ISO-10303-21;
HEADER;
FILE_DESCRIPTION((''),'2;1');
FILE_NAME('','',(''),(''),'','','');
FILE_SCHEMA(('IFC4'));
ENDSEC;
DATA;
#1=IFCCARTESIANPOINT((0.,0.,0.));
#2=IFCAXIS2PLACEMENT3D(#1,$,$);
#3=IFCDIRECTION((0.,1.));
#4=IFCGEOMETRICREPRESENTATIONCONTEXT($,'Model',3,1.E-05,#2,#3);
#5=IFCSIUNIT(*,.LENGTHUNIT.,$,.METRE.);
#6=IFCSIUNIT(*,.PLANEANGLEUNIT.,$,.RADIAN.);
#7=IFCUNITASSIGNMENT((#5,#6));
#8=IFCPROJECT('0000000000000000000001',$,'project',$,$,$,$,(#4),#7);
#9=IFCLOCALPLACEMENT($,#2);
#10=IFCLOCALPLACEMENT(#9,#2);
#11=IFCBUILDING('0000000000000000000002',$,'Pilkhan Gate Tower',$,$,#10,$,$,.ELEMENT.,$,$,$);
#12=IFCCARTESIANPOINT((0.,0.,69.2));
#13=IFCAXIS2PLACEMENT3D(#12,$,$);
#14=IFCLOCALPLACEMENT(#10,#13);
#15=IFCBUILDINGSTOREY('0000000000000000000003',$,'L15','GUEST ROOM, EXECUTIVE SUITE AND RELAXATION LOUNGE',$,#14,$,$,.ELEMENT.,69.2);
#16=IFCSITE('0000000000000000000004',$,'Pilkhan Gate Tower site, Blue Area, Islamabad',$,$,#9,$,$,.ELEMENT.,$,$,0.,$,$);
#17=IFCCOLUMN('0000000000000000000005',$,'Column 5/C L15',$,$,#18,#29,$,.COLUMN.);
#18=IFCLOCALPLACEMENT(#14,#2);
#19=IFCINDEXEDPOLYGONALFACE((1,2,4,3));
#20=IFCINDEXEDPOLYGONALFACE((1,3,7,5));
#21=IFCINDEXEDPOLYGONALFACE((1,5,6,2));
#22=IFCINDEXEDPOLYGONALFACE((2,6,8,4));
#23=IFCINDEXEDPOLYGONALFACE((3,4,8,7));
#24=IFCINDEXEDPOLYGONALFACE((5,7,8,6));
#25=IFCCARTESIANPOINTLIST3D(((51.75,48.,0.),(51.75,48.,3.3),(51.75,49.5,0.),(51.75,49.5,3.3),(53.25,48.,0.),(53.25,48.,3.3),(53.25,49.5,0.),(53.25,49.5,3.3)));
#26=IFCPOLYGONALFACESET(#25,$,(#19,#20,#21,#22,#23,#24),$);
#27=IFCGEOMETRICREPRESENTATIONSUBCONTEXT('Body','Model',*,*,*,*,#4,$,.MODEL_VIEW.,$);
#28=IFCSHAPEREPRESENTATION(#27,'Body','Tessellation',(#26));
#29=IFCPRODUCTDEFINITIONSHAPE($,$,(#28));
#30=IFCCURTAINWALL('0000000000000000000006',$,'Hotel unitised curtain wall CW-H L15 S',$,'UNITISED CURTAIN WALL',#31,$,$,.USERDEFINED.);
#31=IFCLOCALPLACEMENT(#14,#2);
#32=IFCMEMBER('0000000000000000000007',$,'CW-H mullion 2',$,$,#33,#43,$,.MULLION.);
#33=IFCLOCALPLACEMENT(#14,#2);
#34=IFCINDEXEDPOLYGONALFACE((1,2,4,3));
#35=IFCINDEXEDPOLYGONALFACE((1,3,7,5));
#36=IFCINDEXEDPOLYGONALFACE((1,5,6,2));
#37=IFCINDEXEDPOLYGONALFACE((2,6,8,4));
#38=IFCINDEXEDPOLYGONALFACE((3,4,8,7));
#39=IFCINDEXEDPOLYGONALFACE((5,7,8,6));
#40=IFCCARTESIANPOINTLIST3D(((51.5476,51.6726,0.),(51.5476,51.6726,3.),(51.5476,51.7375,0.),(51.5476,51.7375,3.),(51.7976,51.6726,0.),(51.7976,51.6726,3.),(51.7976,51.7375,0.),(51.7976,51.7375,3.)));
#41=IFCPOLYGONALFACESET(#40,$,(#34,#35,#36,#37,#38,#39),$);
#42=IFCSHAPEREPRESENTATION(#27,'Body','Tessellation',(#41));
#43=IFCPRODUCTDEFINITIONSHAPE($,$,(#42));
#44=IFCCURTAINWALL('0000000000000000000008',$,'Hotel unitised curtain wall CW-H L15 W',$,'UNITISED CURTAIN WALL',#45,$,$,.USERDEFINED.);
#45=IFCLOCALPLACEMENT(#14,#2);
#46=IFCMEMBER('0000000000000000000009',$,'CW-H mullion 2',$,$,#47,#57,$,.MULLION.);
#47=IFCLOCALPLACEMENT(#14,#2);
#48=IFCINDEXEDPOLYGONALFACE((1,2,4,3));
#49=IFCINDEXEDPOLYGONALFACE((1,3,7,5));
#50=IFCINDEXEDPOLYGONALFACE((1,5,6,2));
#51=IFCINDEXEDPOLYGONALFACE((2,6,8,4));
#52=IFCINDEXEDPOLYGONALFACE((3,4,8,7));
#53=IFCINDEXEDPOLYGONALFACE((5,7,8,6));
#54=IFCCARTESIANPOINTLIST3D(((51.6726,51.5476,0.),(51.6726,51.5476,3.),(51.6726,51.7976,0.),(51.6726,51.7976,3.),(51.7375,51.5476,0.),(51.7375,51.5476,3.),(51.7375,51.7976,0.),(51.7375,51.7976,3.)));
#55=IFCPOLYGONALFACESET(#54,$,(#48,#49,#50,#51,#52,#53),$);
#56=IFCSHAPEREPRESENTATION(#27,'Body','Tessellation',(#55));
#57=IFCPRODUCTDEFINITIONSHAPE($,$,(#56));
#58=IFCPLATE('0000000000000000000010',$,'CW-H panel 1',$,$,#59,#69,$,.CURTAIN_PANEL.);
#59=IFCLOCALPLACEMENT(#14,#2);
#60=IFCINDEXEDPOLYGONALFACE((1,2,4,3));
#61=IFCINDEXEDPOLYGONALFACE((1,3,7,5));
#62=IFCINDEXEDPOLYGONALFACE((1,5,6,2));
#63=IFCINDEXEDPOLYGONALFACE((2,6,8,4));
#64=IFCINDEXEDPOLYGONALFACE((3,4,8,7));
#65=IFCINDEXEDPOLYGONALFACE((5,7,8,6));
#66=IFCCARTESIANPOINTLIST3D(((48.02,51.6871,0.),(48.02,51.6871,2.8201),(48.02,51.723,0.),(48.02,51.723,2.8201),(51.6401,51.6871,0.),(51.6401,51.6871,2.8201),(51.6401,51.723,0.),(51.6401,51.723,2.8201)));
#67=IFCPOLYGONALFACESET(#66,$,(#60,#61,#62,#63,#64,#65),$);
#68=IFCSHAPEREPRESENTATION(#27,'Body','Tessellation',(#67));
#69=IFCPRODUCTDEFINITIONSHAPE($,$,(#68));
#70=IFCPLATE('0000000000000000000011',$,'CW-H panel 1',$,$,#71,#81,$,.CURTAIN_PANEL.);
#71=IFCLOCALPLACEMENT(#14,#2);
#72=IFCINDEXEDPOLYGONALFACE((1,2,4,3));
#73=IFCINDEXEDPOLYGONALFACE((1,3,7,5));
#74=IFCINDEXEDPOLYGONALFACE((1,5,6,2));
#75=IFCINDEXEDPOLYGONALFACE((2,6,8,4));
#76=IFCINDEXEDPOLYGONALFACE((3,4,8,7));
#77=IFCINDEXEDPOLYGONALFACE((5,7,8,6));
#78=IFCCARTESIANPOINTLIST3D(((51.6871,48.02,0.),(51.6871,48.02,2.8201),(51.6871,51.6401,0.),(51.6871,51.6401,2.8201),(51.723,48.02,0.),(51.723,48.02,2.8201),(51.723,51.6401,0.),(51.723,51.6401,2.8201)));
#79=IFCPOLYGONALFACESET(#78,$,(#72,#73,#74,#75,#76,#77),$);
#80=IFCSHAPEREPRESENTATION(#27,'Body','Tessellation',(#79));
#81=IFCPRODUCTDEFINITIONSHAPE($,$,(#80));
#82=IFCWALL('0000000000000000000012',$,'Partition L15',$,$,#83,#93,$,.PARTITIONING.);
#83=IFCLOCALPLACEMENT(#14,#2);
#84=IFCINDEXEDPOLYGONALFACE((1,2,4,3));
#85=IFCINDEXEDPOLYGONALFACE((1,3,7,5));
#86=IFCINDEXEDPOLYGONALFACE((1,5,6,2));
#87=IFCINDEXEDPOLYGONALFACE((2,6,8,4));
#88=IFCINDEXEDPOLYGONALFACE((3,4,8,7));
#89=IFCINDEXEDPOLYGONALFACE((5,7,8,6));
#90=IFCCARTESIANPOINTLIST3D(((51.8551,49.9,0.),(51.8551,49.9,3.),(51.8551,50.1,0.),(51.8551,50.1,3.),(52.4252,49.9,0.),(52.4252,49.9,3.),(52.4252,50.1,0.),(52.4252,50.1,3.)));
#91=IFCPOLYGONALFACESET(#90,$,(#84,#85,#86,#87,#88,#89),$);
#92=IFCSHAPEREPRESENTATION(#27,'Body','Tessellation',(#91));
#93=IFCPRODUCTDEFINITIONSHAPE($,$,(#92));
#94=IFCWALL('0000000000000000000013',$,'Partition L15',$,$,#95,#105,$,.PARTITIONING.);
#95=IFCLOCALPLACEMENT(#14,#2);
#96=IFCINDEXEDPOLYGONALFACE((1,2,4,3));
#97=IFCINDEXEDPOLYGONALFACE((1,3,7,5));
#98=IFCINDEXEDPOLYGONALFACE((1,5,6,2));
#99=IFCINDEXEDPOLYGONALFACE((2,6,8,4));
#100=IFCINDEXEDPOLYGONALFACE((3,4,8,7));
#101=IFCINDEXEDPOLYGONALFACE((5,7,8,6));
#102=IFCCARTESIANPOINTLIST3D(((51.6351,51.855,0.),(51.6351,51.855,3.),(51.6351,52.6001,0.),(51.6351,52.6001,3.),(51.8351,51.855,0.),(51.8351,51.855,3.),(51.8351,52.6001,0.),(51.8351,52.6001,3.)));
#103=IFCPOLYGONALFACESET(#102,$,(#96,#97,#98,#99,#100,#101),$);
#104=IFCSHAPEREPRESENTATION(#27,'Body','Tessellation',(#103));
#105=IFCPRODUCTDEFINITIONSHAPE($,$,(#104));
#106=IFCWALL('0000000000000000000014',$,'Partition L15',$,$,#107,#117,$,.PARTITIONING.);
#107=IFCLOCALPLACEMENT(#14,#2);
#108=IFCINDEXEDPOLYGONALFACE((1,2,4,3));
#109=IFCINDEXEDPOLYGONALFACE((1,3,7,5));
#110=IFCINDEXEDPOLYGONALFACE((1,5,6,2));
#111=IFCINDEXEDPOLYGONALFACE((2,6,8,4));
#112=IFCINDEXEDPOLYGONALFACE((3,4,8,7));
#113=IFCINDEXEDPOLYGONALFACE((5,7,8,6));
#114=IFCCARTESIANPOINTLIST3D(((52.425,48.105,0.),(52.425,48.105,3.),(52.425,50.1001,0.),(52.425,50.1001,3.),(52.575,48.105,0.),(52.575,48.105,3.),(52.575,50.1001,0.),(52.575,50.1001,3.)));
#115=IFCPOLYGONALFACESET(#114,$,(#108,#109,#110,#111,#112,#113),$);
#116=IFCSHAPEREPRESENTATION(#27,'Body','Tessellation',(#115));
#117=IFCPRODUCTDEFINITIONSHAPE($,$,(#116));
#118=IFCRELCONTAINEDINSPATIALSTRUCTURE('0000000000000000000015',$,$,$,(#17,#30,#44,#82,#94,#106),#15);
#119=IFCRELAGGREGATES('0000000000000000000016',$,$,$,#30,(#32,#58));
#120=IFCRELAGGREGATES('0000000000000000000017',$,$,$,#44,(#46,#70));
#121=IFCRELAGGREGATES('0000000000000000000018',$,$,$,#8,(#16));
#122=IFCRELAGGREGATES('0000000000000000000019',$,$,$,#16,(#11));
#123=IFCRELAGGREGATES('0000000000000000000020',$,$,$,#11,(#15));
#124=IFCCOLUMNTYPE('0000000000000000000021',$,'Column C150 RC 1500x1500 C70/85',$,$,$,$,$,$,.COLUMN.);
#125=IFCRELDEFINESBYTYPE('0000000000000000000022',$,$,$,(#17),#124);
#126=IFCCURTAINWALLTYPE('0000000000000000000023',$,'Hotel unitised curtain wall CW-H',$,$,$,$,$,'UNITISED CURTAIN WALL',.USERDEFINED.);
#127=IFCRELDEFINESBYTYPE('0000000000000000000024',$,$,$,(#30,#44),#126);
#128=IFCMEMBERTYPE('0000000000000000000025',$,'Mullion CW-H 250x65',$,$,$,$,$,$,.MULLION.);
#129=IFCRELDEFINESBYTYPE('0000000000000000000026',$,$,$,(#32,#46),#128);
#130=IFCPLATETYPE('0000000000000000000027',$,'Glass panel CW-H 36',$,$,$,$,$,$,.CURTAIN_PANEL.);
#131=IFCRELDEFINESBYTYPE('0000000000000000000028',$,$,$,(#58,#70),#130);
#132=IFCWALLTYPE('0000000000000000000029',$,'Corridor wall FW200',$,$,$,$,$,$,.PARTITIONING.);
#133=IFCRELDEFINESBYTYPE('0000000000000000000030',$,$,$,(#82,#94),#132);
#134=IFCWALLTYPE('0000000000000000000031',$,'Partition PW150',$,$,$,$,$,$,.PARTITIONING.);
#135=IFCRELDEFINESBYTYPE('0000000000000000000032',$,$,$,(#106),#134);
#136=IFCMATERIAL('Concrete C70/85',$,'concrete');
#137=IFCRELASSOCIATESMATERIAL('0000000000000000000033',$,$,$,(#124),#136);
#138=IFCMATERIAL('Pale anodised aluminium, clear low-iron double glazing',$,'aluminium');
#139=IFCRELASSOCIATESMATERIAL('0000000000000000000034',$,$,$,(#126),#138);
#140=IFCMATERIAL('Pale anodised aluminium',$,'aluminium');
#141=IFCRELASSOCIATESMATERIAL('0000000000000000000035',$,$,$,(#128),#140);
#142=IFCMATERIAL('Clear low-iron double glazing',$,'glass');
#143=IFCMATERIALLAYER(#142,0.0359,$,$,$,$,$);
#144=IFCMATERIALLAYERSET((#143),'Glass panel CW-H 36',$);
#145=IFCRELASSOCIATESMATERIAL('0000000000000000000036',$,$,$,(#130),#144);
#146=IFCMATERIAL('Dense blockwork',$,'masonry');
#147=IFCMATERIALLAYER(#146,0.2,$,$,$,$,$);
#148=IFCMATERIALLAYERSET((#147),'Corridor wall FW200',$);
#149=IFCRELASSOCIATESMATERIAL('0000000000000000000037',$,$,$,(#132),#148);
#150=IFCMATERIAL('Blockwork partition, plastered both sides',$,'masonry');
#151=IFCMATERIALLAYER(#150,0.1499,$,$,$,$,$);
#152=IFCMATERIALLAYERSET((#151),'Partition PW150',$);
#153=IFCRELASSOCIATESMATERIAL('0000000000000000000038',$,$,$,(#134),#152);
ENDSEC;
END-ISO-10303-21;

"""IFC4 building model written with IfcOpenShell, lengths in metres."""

from ifc_helpers import new_model, si_unit, direction, frame, frame_2d, origin, origin_2d, place, context, subcontext, project, spatial, rectangle, extrude, material, layer, layer_set, material_profile, profile_set, type_object, element, aggregate, save


model = new_model("IFC4")

# Units and contexts
model_context = context("Model", 3, precision=1e-05, world=origin(), true_north=direction((0.0, 1.0)))
body_context = subcontext(model_context, "Body", "Model", "MODEL_VIEW")
ifc_project = project(units=[si_unit("LENGTHUNIT", "METRE"), si_unit("PLANEANGLEUNIT", "RADIAN")], contexts=[model_context])

# Site, building, storey
site_placement = place(None, origin())
site = spatial("IfcSite", under=ifc_project, at=site_placement, Name="Pilkhan Gate Tower site, Blue Area, Islamabad", CompositionType="ELEMENT", RefElevation=0.0)
building_placement = place(site_placement, origin())
building = spatial("IfcBuilding", under=site, at=building_placement, Name="Pilkhan Gate Tower", CompositionType="ELEMENT")
storey_placement = place(building_placement, frame((0.0, 0.0, 69.2)))
storey = spatial("IfcBuildingStorey", under=building, at=storey_placement, Name="L15", Description="GUEST ROOM, EXECUTIVE SUITE AND RELAXATION LOUNGE", CompositionType="ELEMENT", Elevation=69.2)

# Column
ifc_material_1 = material(Name="Concrete C70/85", Category="concrete")
ifc_material_profile_1 = material_profile(ifc_material_1, rectangle(XDim=1.5, YDim=1.5, at=origin_2d()), Name="RC 1500x1500")
ifc_profile_set_1 = profile_set([ifc_material_profile_1], Name="Concrete C70/85")
column_type = type_object("IfcColumnType", Name="Column C150 RC 1500x1500 C70/85", PredefinedType="COLUMN", material=ifc_profile_set_1)
column_placement = place(storey_placement, frame((52.5, 48.75, 0.0), z_axis=(0.0, 0.0, 1.0), x_axis=(1.0, 0.0, 0.0)))
element("IfcColumn", 1, at=column_placement, inside=storey, type_object=column_type, Name="Column 5/C L15", PredefinedType="COLUMN", context=body_context, shape_type="SweptSolid", body=[
    extrude(rectangle(XDim=1.5, YDim=1.5, at=origin_2d()), origin(), (0.0, 0.0, 1.0), 3.3),
])

# Curtain walls, members
ifc_material_2 = material(Name="Pale anodised aluminium, clear low-iron double glazing", Category="aluminium")
curtain_wall_type = type_object("IfcCurtainWallType", Name="Hotel unitised curtain wall CW-H", ElementType="UNITISED CURTAIN WALL", PredefinedType="USERDEFINED", material=ifc_material_2)
curtain_wall_1_placement = place(storey_placement, origin())
curtain_wall_1 = element("IfcCurtainWall", 2, at=curtain_wall_1_placement, inside=storey, type_object=curtain_wall_type, Name="Hotel unitised curtain wall CW-H L15 S", ObjectType="UNITISED CURTAIN WALL", PredefinedType="USERDEFINED")
ifc_material_3 = material(Name="Pale anodised aluminium", Category="aluminium")
ifc_material_profile_2 = material_profile(ifc_material_3, rectangle(XDim=0.0649, YDim=0.25, at=origin_2d()), Name="Mullion 250x65")
ifc_profile_set_2 = profile_set([ifc_material_profile_2], Name="Pale anodised aluminium")
member_type = type_object("IfcMemberType", Name="Mullion CW-H 250x65", PredefinedType="MULLION", material=ifc_profile_set_2)
member_1_placement = place(storey_placement, frame((51.6726, 51.7051, 0.0), z_axis=(0.0, 0.0, 1.0), x_axis=(0.0, 1.0, 0.0)))
member_1 = element("IfcMember", 3, at=member_1_placement, type_object=member_type, Name="CW-H mullion 2", PredefinedType="MULLION", context=body_context, shape_type="SweptSolid", body=[
    extrude(rectangle(XDim=0.0649, YDim=0.25, at=origin_2d()), origin(), (0.0, 0.0, 1.0), 3.0),
])
curtain_wall_2_placement = place(storey_placement, origin())
curtain_wall_2 = element("IfcCurtainWall", 4, at=curtain_wall_2_placement, inside=storey, type_object=curtain_wall_type, Name="Hotel unitised curtain wall CW-H L15 W", ObjectType="UNITISED CURTAIN WALL", PredefinedType="USERDEFINED")
member_2_placement = place(storey_placement, frame((51.7051, 51.6726, 0.0), z_axis=(0.0, 0.0, 1.0), x_axis=(-1.0, 0.0, 0.0)))
member_2 = element("IfcMember", 5, at=member_2_placement, type_object=member_type, Name="CW-H mullion 2", PredefinedType="MULLION", context=body_context, shape_type="SweptSolid", body=[
    extrude(rectangle(XDim=0.0649, YDim=0.25, at=origin_2d()), origin(), (0.0, 0.0, 1.0), 3.0),
])

# Plates
ifc_material_4 = material(Name="Clear low-iron double glazing", Category="glass")
ifc_layer_1 = layer(ifc_material_4, 0.0359)
ifc_layer_set_1 = layer_set([ifc_layer_1], Name="Glass panel CW-H 36")
plate_type = type_object("IfcPlateType", Name="Glass panel CW-H 36", PredefinedType="CURTAIN_PANEL", material=ifc_layer_set_1)
plate_1_placement = place(storey_placement, frame((49.8301, 51.7051, 0.0), z_axis=(0.0, 0.0, 1.0), x_axis=(1.0, 0.0, 0.0)))
plate_1 = element("IfcPlate", 6, at=plate_1_placement, type_object=plate_type, Name="CW-H panel 1", PredefinedType="CURTAIN_PANEL", context=body_context, shape_type="SweptSolid", body=[
    extrude(rectangle(XDim=3.6201, YDim=0.0359, at=origin_2d()), origin(), (0.0, 0.0, 1.0), 2.8201),
])
aggregate(curtain_wall_1, [member_1, plate_1])
plate_2_placement = place(storey_placement, frame((51.7051, 49.8301, 0.0), z_axis=(0.0, 0.0, 1.0), x_axis=(0.0, 1.0, 0.0)))
plate_2 = element("IfcPlate", 7, at=plate_2_placement, type_object=plate_type, Name="CW-H panel 1", PredefinedType="CURTAIN_PANEL", context=body_context, shape_type="SweptSolid", body=[
    extrude(rectangle(XDim=3.6201, YDim=0.0359, at=origin_2d()), origin(), (0.0, 0.0, 1.0), 2.8201),
])
aggregate(curtain_wall_2, [member_2, plate_2])

# Wall
ifc_material_5 = material(Name="Dense blockwork", Category="masonry")
ifc_layer_2 = layer(ifc_material_5, 0.2)
ifc_layer_set_2 = layer_set([ifc_layer_2], Name="Corridor wall FW200")
wall_type_1 = type_object("IfcWallType", Name="Corridor wall FW200", PredefinedType="PARTITIONING", material=ifc_layer_set_2)
wall_1_placement = place(storey_placement, frame((51.855, 50.0, 0.0), z_axis=(0.0, 0.0, 1.0), x_axis=(1.0, 0.0, 0.0)))
element("IfcWall", 8, at=wall_1_placement, inside=storey, type_object=wall_type_1, Name="Partition L15", PredefinedType="PARTITIONING", context=body_context, shape_type="SweptSolid", body=[
    extrude(rectangle(XDim=0.5701, YDim=0.2, at=frame_2d((0.2852, 0.0))), origin(), (0.0, 0.0, 1.0), 3.0),
])

# Walls
wall_2_placement = place(storey_placement, frame((51.7351, 51.855, 0.0), z_axis=(0.0, 0.0, 1.0), x_axis=(0.0, 1.0, 0.0)))
element("IfcWall", 9, at=wall_2_placement, inside=storey, type_object=wall_type_1, Name="Partition L15", PredefinedType="PARTITIONING", context=body_context, shape_type="SweptSolid", body=[
    extrude(rectangle(XDim=0.7451, YDim=0.2, at=frame_2d((0.3726, 0.0))), origin(), (0.0, 0.0, 1.0), 3.0),
])
ifc_material_6 = material(Name="Blockwork partition, plastered both sides", Category="masonry")
ifc_layer_3 = layer(ifc_material_6, 0.1499)
ifc_layer_set_3 = layer_set([ifc_layer_3], Name="Partition PW150")
wall_type_2 = type_object("IfcWallType", Name="Partition PW150", PredefinedType="PARTITIONING", material=ifc_layer_set_3)
wall_3_placement = place(storey_placement, frame((52.5, 48.105, 0.0), z_axis=(0.0, 0.0, 1.0), x_axis=(0.0, 1.0, 0.0)))
element("IfcWall", 10, at=wall_3_placement, inside=storey, type_object=wall_type_2, Name="Partition L15", PredefinedType="PARTITIONING", context=body_context, shape_type="SweptSolid", body=[
    extrude(rectangle(XDim=1.9951, YDim=0.1499, at=frame_2d((0.9976, 0.0))), origin(), (0.0, 0.0, 1.0), 3.0),
])

save(model, "model.ifc")
